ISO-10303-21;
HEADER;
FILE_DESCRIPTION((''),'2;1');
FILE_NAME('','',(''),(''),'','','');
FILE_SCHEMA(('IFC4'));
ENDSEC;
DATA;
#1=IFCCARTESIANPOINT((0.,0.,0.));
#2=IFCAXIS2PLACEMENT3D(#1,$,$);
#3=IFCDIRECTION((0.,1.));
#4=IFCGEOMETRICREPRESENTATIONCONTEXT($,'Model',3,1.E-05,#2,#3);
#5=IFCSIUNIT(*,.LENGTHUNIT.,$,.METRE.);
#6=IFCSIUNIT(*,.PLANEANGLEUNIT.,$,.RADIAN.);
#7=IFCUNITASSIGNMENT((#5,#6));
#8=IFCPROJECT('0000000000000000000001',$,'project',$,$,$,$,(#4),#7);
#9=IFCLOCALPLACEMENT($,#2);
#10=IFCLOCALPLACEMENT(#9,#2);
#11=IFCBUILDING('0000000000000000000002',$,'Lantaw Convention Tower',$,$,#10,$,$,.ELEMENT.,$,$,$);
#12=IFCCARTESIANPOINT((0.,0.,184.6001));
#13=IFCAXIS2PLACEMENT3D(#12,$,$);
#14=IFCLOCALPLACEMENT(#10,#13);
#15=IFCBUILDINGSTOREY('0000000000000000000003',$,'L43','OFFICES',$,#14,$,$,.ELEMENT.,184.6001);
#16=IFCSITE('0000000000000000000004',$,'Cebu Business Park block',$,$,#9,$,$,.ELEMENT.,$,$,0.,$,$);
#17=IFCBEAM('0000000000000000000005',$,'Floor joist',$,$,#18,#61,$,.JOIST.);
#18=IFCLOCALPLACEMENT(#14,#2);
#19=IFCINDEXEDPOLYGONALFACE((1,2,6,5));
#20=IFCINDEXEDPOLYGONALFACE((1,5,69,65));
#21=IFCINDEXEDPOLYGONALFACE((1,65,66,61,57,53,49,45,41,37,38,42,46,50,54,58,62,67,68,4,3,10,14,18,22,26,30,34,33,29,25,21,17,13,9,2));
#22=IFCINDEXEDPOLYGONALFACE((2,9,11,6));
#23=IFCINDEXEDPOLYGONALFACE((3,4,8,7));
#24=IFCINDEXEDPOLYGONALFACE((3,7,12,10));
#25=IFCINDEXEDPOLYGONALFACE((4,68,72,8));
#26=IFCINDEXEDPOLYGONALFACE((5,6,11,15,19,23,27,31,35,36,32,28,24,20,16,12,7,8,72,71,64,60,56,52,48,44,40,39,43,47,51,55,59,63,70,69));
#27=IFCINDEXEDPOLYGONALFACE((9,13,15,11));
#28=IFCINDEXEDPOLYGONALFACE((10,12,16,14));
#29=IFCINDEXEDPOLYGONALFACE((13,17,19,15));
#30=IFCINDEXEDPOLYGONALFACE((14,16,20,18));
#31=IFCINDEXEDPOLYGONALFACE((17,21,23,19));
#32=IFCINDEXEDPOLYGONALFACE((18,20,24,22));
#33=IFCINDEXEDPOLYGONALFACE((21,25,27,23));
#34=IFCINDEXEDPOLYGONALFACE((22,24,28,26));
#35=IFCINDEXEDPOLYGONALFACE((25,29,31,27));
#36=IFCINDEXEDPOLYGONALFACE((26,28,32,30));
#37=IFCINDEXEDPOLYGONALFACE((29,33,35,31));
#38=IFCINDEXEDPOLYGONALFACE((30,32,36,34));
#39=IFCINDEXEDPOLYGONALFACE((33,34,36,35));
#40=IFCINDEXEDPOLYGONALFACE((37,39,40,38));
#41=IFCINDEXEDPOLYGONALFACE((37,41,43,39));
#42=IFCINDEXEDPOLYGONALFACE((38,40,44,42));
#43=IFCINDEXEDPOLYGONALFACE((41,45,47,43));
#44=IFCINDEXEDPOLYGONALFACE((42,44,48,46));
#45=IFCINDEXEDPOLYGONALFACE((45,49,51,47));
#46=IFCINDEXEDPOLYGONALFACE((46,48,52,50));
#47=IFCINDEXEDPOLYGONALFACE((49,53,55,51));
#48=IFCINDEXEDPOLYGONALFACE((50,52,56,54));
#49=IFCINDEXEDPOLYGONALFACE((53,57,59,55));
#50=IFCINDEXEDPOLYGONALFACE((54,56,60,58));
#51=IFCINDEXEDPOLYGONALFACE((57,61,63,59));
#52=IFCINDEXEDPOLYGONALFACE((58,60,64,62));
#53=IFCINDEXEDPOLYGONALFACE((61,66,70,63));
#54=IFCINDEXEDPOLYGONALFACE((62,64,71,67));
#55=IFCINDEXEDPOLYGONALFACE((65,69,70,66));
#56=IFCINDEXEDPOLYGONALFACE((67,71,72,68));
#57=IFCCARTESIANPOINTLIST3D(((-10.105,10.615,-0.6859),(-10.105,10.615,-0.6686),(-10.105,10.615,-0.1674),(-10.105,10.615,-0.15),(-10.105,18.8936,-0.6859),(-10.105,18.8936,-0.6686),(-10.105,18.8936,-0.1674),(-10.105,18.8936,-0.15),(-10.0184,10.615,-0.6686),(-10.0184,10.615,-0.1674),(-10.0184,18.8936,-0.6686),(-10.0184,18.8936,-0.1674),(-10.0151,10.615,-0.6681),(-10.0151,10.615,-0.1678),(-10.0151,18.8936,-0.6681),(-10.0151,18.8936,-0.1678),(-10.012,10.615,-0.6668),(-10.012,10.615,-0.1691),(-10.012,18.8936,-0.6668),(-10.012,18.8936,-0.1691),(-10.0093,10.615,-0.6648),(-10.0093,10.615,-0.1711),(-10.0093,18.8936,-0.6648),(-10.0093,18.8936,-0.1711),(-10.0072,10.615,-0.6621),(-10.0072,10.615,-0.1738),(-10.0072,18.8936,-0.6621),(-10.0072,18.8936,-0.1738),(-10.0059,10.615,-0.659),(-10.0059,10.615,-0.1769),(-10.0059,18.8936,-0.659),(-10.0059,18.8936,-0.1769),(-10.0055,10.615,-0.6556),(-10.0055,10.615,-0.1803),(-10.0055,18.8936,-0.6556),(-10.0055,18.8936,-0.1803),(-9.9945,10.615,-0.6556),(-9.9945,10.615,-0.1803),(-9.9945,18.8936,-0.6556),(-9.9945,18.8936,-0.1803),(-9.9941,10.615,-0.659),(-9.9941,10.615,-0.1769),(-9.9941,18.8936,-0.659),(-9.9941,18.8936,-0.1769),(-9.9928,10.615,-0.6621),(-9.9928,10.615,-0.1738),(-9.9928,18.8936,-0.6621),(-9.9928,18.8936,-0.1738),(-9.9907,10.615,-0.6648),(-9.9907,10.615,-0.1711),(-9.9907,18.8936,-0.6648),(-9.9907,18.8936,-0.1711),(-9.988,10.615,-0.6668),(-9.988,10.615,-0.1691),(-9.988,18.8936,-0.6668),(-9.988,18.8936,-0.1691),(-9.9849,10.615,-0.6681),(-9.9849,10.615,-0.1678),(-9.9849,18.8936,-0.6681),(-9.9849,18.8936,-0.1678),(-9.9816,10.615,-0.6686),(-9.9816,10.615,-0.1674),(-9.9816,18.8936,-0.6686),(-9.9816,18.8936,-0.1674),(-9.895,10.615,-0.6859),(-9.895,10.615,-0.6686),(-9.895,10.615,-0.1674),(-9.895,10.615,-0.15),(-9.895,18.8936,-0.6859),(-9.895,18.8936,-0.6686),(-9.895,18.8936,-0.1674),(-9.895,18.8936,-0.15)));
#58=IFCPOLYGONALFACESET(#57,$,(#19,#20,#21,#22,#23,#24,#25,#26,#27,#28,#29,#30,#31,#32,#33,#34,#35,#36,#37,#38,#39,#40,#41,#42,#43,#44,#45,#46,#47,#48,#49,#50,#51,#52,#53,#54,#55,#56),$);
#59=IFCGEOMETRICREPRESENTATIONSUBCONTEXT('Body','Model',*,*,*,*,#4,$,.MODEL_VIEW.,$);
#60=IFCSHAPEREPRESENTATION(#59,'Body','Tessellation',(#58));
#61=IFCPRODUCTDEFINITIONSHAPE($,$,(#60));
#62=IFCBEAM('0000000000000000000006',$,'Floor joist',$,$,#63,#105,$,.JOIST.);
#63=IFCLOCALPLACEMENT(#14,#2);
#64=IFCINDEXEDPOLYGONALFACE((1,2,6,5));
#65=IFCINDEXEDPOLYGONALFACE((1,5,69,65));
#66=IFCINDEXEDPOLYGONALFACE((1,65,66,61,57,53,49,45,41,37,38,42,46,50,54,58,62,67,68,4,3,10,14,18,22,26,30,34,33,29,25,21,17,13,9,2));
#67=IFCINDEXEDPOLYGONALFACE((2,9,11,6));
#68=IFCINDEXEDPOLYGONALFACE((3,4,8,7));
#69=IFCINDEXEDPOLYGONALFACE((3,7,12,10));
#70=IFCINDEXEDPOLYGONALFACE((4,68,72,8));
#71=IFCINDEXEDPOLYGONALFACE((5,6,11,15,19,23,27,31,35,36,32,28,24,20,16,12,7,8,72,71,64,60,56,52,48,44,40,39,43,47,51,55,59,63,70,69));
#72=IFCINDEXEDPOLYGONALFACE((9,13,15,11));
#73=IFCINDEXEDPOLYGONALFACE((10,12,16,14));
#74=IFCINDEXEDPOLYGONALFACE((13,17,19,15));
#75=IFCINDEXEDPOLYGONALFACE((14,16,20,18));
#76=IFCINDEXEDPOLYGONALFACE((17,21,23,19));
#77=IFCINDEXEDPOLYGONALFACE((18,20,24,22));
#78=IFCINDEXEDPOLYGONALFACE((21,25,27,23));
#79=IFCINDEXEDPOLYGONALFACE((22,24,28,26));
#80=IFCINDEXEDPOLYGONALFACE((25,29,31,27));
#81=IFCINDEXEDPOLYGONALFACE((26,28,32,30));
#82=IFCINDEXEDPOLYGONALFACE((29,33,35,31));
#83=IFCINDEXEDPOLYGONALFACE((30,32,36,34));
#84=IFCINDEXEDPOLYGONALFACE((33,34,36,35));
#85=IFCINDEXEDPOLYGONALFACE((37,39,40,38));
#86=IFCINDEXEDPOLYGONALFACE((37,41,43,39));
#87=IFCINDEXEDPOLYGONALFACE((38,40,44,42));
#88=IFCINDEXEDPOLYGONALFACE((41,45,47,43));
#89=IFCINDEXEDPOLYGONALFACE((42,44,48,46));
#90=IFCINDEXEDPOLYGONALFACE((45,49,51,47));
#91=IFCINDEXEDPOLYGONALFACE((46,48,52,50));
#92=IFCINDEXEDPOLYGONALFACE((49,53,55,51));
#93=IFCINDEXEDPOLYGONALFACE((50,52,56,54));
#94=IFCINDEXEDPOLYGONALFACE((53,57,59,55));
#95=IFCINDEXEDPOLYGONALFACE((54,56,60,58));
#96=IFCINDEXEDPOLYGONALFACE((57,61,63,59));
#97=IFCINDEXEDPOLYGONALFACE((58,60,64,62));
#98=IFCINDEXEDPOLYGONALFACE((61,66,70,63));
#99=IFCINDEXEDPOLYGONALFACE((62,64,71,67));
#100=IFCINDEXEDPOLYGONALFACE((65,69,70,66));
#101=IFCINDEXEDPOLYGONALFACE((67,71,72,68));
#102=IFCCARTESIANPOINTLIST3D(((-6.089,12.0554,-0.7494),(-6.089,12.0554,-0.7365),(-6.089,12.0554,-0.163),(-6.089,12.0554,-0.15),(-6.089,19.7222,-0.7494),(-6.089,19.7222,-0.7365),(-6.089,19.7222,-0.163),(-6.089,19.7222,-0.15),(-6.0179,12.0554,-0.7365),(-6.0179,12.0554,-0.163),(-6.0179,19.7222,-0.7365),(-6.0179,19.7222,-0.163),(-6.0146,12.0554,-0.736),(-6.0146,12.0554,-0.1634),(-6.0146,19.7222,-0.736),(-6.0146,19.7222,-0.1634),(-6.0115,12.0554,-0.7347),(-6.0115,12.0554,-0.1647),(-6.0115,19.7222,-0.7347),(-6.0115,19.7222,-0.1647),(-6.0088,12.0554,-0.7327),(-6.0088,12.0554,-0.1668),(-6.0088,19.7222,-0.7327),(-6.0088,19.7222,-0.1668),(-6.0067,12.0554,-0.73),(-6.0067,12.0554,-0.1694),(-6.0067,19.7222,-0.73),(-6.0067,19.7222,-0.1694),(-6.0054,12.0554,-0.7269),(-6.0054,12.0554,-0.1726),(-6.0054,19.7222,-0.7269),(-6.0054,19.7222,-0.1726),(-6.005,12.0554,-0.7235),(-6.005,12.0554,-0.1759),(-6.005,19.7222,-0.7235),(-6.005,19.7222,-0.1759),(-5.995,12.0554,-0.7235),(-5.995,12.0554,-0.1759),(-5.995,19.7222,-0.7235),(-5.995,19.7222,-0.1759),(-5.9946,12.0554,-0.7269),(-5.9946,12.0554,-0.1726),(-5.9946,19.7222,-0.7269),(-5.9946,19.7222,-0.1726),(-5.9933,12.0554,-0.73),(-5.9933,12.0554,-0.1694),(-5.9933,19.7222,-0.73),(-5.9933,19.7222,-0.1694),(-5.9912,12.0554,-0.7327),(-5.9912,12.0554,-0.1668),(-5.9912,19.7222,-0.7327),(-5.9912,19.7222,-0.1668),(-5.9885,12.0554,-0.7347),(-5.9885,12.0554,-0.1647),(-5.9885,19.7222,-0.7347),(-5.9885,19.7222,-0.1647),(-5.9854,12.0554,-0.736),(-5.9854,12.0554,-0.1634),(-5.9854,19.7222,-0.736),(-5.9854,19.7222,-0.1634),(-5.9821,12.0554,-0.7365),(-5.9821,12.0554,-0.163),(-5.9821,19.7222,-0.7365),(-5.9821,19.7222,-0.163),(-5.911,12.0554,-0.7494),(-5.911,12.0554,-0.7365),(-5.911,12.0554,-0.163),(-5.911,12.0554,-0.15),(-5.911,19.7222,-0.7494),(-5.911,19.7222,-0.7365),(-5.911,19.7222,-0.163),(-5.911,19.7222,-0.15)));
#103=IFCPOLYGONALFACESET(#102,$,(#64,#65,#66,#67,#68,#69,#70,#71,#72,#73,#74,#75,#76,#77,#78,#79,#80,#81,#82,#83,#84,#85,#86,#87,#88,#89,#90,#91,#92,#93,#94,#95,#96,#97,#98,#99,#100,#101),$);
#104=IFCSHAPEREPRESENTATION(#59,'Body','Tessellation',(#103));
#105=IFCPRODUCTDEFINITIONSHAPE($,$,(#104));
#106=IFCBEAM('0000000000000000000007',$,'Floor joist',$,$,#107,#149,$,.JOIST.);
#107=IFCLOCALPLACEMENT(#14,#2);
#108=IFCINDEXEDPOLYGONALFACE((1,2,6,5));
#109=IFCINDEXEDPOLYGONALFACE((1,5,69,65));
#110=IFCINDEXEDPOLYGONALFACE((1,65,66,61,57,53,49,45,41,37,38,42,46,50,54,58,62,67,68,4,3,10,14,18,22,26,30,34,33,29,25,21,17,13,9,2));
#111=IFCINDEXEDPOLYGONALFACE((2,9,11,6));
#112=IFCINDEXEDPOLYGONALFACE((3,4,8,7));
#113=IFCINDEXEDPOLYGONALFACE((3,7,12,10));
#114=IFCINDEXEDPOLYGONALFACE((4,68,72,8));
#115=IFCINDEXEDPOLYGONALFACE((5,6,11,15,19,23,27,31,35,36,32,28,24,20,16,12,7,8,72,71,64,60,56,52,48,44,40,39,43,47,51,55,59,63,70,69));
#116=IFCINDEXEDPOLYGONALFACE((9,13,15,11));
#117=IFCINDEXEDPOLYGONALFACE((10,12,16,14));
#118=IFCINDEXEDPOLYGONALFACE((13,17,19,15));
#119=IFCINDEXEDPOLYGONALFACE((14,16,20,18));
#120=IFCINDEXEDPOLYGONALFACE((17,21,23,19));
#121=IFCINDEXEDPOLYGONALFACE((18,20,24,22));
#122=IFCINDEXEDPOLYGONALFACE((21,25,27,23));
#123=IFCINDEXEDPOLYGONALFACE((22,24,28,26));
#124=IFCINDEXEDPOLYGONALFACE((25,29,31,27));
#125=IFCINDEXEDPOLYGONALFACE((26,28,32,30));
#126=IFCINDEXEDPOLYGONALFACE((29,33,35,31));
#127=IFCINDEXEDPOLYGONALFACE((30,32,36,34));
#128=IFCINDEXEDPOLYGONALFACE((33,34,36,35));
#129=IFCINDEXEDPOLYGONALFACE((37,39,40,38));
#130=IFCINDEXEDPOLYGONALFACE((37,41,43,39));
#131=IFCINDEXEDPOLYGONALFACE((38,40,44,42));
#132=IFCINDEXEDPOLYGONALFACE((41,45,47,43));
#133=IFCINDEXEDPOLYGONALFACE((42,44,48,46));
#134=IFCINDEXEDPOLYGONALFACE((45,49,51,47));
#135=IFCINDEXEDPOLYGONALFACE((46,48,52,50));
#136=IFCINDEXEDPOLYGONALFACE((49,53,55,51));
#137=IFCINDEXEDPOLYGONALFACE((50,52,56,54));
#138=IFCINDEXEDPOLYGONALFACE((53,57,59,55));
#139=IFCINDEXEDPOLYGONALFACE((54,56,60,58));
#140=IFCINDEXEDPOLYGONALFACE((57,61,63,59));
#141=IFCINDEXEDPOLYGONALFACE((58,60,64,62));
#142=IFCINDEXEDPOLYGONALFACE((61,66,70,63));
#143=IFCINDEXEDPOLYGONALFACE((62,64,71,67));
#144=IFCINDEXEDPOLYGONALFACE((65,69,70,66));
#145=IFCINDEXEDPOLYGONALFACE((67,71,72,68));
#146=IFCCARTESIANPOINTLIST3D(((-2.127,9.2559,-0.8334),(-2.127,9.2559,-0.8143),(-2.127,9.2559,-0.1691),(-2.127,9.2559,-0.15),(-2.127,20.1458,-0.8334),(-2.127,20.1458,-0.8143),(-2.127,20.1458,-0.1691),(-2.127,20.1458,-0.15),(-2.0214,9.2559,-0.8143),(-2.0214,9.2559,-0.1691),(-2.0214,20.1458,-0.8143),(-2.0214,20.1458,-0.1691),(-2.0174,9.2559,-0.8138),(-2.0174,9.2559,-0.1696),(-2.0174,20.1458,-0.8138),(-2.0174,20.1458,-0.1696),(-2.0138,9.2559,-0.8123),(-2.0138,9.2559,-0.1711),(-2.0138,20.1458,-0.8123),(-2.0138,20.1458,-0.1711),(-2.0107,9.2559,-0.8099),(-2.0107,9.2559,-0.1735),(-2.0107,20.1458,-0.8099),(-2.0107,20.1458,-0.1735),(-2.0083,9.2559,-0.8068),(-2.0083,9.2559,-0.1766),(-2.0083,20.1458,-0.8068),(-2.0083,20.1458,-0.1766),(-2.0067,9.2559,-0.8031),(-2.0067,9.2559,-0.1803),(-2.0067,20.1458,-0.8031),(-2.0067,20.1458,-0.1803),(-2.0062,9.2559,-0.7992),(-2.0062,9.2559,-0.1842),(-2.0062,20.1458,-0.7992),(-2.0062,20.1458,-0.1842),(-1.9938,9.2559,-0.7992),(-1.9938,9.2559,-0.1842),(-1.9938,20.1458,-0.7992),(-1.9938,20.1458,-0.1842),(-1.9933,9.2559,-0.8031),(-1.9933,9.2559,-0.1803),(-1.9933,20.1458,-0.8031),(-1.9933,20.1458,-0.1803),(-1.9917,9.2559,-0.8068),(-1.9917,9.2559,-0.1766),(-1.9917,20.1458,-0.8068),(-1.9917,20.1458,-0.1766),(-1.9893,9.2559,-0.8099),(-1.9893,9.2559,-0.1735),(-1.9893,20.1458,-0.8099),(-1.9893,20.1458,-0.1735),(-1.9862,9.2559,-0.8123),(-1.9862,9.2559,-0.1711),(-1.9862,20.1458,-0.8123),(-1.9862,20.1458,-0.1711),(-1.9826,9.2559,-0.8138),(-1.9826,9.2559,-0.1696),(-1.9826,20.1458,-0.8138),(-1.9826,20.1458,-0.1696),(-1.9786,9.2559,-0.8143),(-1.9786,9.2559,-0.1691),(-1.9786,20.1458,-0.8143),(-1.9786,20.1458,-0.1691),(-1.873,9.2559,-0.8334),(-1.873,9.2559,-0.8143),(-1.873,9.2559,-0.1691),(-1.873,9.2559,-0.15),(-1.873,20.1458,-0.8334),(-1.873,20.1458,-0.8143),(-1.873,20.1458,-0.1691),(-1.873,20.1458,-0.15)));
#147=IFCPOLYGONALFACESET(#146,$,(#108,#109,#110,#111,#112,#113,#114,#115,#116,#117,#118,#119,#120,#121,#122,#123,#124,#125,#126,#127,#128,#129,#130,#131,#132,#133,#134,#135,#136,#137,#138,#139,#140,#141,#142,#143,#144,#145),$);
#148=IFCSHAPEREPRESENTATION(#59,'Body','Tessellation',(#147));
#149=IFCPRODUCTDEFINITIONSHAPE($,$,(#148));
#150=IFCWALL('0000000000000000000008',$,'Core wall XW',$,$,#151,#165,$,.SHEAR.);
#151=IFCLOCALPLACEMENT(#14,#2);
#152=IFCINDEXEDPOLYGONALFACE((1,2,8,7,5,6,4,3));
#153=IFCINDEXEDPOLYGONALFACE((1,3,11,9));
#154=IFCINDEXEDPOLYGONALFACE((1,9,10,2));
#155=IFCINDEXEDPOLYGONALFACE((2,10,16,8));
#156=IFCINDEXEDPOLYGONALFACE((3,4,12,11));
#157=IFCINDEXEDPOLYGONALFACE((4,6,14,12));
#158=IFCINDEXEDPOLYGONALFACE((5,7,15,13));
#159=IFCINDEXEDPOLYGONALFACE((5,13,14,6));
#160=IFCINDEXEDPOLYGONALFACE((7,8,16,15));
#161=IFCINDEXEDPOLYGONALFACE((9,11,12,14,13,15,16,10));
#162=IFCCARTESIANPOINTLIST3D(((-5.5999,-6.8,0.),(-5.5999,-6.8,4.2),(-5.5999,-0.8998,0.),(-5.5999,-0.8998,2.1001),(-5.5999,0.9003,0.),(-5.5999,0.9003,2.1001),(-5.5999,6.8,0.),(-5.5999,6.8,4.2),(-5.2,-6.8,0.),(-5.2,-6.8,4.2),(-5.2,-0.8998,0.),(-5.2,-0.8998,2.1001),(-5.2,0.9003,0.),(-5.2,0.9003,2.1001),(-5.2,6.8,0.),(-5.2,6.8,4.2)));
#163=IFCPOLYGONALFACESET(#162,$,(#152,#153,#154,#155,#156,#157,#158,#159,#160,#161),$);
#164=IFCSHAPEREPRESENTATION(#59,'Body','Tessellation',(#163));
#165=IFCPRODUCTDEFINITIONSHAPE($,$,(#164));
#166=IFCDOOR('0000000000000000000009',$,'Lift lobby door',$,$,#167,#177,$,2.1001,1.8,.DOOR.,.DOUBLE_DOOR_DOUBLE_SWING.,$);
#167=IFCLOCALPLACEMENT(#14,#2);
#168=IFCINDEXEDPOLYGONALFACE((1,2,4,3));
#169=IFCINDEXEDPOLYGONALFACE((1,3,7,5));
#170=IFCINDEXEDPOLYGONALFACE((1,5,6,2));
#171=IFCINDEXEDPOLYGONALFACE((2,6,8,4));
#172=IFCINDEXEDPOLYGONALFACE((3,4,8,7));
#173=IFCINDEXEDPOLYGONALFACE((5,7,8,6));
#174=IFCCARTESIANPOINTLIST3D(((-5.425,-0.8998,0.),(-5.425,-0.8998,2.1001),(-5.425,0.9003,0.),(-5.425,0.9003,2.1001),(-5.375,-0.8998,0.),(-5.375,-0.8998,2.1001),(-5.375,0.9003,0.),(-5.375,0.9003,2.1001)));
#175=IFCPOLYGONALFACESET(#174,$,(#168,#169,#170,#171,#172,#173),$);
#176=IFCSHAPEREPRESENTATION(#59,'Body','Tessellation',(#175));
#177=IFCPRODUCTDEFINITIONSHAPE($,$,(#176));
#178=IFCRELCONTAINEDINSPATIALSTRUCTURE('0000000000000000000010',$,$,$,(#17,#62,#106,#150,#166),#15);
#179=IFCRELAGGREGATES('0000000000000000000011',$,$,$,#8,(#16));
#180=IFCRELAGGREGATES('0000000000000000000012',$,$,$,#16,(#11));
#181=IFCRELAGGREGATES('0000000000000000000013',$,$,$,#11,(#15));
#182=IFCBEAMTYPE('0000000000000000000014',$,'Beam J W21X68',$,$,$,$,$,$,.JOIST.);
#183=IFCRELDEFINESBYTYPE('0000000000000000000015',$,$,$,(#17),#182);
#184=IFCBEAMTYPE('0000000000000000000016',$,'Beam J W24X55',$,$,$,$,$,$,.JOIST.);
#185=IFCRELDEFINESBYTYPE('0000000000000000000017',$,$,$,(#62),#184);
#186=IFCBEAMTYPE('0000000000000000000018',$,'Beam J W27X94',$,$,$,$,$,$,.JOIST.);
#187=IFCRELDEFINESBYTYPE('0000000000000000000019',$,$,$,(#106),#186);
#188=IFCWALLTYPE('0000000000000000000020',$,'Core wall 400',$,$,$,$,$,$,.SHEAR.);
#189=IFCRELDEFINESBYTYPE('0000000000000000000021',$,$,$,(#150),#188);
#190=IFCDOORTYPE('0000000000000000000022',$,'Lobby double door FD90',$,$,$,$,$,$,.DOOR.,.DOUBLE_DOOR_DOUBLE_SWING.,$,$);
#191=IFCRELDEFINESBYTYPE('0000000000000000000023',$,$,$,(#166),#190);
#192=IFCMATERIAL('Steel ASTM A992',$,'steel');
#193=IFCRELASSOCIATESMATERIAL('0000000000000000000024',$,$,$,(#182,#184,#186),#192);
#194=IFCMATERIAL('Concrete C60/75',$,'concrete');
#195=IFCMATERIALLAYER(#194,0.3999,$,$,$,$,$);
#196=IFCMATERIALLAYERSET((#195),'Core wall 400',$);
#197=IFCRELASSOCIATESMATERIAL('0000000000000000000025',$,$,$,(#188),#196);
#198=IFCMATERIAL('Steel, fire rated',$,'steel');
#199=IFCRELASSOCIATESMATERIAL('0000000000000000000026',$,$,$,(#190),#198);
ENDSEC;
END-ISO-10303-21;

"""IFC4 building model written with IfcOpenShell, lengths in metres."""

from ifc_helpers import new_model, si_unit, direction, frame, frame_2d, origin, origin_2d, place, context, subcontext, project, spatial, rectangle, i_section, extrude, material, layer, layer_set, material_profile, profile_set, type_object, element, fill, save


model = new_model("IFC4")

# Units and contexts
model_context = context("Model", 3, precision=1e-05, world=origin(), true_north=direction((0.0, 1.0)))
body_context = subcontext(model_context, "Body", "Model", "MODEL_VIEW")
ifc_project = project(units=[si_unit("LENGTHUNIT", "METRE"), si_unit("PLANEANGLEUNIT", "RADIAN")], contexts=[model_context])

# Site, building, storey
site_placement = place(None, origin())
site = spatial("IfcSite", under=ifc_project, at=site_placement, Name="Cebu Business Park block", CompositionType="ELEMENT", RefElevation=0.0)
building_placement = place(site_placement, origin())
building = spatial("IfcBuilding", under=site, at=building_placement, Name="Lantaw Convention Tower", CompositionType="ELEMENT")
storey_placement = place(building_placement, frame((0.0, 0.0, 184.6001)))
storey = spatial("IfcBuildingStorey", under=building, at=storey_placement, Name="L43", Description="OFFICES", CompositionType="ELEMENT", Elevation=184.6001)

# Shared definitions
ifc_material_1 = material(Name="Concrete C60/75", Category="concrete")

# Beams
ifc_material_2 = material(Name="Steel ASTM A992", Category="steel")
ifc_material_profile_1 = material_profile(ifc_material_2, i_section(OverallWidth=0.21, OverallDepth=0.5359, WebThickness=0.011, FlangeThickness=0.0173, FilletRadius=0.0129, at=origin_2d()), Name="W21X68")
ifc_profile_set_1 = profile_set([ifc_material_profile_1], Name="Steel ASTM A992")
beam_type_1 = type_object("IfcBeamType", Name="Beam J W21X68", PredefinedType="JOIST", material=ifc_profile_set_1)
beam_1_placement = place(storey_placement, frame((-10.0, 10.615, -0.418), z_axis=(0.0, 1.0, 0.0), x_axis=(-1.0, 0.0, 0.0)))
element("IfcBeam", 1, at=beam_1_placement, inside=storey, type_object=beam_type_1, Name="Floor joist", PredefinedType="JOIST", context=body_context, shape_type="SweptSolid", body=[
    extrude(i_section(OverallWidth=0.21, OverallDepth=0.5359, WebThickness=0.011, FlangeThickness=0.0173, FilletRadius=0.0129, at=origin_2d()), origin(), (0.0, 0.0, 1.0), 8.2786),
])
ifc_material_profile_2 = material_profile(ifc_material_2, i_section(OverallWidth=0.178, OverallDepth=0.5994, WebThickness=0.01, FlangeThickness=0.0129, FilletRadius=0.0129, at=origin_2d()), Name="W24X55")
ifc_profile_set_2 = profile_set([ifc_material_profile_2], Name="Steel ASTM A992")
beam_type_2 = type_object("IfcBeamType", Name="Beam J W24X55", PredefinedType="JOIST", material=ifc_profile_set_2)
beam_2_placement = place(storey_placement, frame((-6.0, 12.0554, -0.4497), z_axis=(0.0, 1.0, 0.0), x_axis=(-1.0, 0.0, 0.0)))
element("IfcBeam", 2, at=beam_2_placement, inside=storey, type_object=beam_type_2, Name="Floor joist", PredefinedType="JOIST", context=body_context, shape_type="SweptSolid", body=[
    extrude(i_section(OverallWidth=0.178, OverallDepth=0.5994, WebThickness=0.01, FlangeThickness=0.0129, FilletRadius=0.0129, at=origin_2d()), origin(), (0.0, 0.0, 1.0), 7.6667),
])
ifc_material_profile_3 = material_profile(ifc_material_2, i_section(OverallWidth=0.2539, OverallDepth=0.6833, WebThickness=0.0125, FlangeThickness=0.019, FilletRadius=0.0151, at=origin_2d()), Name="W27X94")
ifc_profile_set_3 = profile_set([ifc_material_profile_3], Name="Steel ASTM A992")
beam_type_3 = type_object("IfcBeamType", Name="Beam J W27X94", PredefinedType="JOIST", material=ifc_profile_set_3)
beam_3_placement = place(storey_placement, frame((-2.0, 9.2559, -0.4917), z_axis=(0.0, 1.0, 0.0), x_axis=(-1.0, 0.0, 0.0)))
element("IfcBeam", 3, at=beam_3_placement, inside=storey, type_object=beam_type_3, Name="Floor joist", PredefinedType="JOIST", context=body_context, shape_type="SweptSolid", body=[
    extrude(i_section(OverallWidth=0.2539, OverallDepth=0.6833, WebThickness=0.0125, FlangeThickness=0.019, FilletRadius=0.0151, at=origin_2d()), origin(), (0.0, 0.0, 1.0), 10.8899),
])

# Wall, opening, door
ifc_layer_1 = layer(ifc_material_1, 0.3999)
ifc_layer_set_1 = layer_set([ifc_layer_1], Name="Core wall 400")
wall_type_1 = type_object("IfcWallType", Name="Core wall 400", PredefinedType="SHEAR", material=ifc_layer_set_1)
wall_1_placement = place(storey_placement, frame((-5.3999, 6.8, 0.0), z_axis=(0.0, 0.0, 1.0), x_axis=(0.0, -1.0, 0.0)))
wall_1 = element("IfcWall", 4, at=wall_1_placement, inside=storey, type_object=wall_type_1, Name="Core wall XW", PredefinedType="SHEAR", context=body_context, shape_type="SweptSolid", body=[
    extrude(rectangle(XDim=13.6001, YDim=0.3999, at=frame_2d((6.8, 0.0))), origin(), (0.0, 0.0, 1.0), 4.2),
])
opening_1_placement = place(wall_1_placement, frame((5.8999, 0.0, 0.0)))
opening_1 = element("IfcOpeningElement", 5, at=opening_1_placement, cuts=wall_1, PredefinedType="OPENING", context=body_context, shape_type="SweptSolid", body=[
    extrude(rectangle(XDim=1.8, YDim=2.1001, at=frame_2d((0.8999, 1.05))), frame((0.0, 0.21, 0.0), z_axis=(0.0, -1.0, 0.0), x_axis=(1.0, 0.0, 0.0)), (0.0, 0.0, 1.0), 0.4199),
])
ifc_material_3 = material(Name="Steel, fire rated", Category="steel")
door_type_1 = type_object("IfcDoorType", Name="Lobby double door FD90", OperationType="DOUBLE_DOOR_DOUBLE_SWING", PredefinedType="DOOR", material=ifc_material_3)
door_1_placement = place(opening_1_placement, origin())
door_1 = element("IfcDoor", 6, at=door_1_placement, inside=storey, type_object=door_type_1, Name="Lift lobby door", OperationType="DOUBLE_DOOR_DOUBLE_SWING", OverallHeight=2.1001, OverallWidth=1.8, PredefinedType="DOOR", context=body_context, shape_type="SweptSolid", body=[
    extrude(rectangle(XDim=1.8, YDim=2.1001, at=frame_2d((0.8999, 1.05))), frame((0.0, 0.0249, 0.0), z_axis=(0.0, -1.0, 0.0), x_axis=(1.0, 0.0, 0.0)), (0.0, 0.0, 1.0), 0.05),
])
fill(opening_1, door_1)

save(model, "model.ifc")
